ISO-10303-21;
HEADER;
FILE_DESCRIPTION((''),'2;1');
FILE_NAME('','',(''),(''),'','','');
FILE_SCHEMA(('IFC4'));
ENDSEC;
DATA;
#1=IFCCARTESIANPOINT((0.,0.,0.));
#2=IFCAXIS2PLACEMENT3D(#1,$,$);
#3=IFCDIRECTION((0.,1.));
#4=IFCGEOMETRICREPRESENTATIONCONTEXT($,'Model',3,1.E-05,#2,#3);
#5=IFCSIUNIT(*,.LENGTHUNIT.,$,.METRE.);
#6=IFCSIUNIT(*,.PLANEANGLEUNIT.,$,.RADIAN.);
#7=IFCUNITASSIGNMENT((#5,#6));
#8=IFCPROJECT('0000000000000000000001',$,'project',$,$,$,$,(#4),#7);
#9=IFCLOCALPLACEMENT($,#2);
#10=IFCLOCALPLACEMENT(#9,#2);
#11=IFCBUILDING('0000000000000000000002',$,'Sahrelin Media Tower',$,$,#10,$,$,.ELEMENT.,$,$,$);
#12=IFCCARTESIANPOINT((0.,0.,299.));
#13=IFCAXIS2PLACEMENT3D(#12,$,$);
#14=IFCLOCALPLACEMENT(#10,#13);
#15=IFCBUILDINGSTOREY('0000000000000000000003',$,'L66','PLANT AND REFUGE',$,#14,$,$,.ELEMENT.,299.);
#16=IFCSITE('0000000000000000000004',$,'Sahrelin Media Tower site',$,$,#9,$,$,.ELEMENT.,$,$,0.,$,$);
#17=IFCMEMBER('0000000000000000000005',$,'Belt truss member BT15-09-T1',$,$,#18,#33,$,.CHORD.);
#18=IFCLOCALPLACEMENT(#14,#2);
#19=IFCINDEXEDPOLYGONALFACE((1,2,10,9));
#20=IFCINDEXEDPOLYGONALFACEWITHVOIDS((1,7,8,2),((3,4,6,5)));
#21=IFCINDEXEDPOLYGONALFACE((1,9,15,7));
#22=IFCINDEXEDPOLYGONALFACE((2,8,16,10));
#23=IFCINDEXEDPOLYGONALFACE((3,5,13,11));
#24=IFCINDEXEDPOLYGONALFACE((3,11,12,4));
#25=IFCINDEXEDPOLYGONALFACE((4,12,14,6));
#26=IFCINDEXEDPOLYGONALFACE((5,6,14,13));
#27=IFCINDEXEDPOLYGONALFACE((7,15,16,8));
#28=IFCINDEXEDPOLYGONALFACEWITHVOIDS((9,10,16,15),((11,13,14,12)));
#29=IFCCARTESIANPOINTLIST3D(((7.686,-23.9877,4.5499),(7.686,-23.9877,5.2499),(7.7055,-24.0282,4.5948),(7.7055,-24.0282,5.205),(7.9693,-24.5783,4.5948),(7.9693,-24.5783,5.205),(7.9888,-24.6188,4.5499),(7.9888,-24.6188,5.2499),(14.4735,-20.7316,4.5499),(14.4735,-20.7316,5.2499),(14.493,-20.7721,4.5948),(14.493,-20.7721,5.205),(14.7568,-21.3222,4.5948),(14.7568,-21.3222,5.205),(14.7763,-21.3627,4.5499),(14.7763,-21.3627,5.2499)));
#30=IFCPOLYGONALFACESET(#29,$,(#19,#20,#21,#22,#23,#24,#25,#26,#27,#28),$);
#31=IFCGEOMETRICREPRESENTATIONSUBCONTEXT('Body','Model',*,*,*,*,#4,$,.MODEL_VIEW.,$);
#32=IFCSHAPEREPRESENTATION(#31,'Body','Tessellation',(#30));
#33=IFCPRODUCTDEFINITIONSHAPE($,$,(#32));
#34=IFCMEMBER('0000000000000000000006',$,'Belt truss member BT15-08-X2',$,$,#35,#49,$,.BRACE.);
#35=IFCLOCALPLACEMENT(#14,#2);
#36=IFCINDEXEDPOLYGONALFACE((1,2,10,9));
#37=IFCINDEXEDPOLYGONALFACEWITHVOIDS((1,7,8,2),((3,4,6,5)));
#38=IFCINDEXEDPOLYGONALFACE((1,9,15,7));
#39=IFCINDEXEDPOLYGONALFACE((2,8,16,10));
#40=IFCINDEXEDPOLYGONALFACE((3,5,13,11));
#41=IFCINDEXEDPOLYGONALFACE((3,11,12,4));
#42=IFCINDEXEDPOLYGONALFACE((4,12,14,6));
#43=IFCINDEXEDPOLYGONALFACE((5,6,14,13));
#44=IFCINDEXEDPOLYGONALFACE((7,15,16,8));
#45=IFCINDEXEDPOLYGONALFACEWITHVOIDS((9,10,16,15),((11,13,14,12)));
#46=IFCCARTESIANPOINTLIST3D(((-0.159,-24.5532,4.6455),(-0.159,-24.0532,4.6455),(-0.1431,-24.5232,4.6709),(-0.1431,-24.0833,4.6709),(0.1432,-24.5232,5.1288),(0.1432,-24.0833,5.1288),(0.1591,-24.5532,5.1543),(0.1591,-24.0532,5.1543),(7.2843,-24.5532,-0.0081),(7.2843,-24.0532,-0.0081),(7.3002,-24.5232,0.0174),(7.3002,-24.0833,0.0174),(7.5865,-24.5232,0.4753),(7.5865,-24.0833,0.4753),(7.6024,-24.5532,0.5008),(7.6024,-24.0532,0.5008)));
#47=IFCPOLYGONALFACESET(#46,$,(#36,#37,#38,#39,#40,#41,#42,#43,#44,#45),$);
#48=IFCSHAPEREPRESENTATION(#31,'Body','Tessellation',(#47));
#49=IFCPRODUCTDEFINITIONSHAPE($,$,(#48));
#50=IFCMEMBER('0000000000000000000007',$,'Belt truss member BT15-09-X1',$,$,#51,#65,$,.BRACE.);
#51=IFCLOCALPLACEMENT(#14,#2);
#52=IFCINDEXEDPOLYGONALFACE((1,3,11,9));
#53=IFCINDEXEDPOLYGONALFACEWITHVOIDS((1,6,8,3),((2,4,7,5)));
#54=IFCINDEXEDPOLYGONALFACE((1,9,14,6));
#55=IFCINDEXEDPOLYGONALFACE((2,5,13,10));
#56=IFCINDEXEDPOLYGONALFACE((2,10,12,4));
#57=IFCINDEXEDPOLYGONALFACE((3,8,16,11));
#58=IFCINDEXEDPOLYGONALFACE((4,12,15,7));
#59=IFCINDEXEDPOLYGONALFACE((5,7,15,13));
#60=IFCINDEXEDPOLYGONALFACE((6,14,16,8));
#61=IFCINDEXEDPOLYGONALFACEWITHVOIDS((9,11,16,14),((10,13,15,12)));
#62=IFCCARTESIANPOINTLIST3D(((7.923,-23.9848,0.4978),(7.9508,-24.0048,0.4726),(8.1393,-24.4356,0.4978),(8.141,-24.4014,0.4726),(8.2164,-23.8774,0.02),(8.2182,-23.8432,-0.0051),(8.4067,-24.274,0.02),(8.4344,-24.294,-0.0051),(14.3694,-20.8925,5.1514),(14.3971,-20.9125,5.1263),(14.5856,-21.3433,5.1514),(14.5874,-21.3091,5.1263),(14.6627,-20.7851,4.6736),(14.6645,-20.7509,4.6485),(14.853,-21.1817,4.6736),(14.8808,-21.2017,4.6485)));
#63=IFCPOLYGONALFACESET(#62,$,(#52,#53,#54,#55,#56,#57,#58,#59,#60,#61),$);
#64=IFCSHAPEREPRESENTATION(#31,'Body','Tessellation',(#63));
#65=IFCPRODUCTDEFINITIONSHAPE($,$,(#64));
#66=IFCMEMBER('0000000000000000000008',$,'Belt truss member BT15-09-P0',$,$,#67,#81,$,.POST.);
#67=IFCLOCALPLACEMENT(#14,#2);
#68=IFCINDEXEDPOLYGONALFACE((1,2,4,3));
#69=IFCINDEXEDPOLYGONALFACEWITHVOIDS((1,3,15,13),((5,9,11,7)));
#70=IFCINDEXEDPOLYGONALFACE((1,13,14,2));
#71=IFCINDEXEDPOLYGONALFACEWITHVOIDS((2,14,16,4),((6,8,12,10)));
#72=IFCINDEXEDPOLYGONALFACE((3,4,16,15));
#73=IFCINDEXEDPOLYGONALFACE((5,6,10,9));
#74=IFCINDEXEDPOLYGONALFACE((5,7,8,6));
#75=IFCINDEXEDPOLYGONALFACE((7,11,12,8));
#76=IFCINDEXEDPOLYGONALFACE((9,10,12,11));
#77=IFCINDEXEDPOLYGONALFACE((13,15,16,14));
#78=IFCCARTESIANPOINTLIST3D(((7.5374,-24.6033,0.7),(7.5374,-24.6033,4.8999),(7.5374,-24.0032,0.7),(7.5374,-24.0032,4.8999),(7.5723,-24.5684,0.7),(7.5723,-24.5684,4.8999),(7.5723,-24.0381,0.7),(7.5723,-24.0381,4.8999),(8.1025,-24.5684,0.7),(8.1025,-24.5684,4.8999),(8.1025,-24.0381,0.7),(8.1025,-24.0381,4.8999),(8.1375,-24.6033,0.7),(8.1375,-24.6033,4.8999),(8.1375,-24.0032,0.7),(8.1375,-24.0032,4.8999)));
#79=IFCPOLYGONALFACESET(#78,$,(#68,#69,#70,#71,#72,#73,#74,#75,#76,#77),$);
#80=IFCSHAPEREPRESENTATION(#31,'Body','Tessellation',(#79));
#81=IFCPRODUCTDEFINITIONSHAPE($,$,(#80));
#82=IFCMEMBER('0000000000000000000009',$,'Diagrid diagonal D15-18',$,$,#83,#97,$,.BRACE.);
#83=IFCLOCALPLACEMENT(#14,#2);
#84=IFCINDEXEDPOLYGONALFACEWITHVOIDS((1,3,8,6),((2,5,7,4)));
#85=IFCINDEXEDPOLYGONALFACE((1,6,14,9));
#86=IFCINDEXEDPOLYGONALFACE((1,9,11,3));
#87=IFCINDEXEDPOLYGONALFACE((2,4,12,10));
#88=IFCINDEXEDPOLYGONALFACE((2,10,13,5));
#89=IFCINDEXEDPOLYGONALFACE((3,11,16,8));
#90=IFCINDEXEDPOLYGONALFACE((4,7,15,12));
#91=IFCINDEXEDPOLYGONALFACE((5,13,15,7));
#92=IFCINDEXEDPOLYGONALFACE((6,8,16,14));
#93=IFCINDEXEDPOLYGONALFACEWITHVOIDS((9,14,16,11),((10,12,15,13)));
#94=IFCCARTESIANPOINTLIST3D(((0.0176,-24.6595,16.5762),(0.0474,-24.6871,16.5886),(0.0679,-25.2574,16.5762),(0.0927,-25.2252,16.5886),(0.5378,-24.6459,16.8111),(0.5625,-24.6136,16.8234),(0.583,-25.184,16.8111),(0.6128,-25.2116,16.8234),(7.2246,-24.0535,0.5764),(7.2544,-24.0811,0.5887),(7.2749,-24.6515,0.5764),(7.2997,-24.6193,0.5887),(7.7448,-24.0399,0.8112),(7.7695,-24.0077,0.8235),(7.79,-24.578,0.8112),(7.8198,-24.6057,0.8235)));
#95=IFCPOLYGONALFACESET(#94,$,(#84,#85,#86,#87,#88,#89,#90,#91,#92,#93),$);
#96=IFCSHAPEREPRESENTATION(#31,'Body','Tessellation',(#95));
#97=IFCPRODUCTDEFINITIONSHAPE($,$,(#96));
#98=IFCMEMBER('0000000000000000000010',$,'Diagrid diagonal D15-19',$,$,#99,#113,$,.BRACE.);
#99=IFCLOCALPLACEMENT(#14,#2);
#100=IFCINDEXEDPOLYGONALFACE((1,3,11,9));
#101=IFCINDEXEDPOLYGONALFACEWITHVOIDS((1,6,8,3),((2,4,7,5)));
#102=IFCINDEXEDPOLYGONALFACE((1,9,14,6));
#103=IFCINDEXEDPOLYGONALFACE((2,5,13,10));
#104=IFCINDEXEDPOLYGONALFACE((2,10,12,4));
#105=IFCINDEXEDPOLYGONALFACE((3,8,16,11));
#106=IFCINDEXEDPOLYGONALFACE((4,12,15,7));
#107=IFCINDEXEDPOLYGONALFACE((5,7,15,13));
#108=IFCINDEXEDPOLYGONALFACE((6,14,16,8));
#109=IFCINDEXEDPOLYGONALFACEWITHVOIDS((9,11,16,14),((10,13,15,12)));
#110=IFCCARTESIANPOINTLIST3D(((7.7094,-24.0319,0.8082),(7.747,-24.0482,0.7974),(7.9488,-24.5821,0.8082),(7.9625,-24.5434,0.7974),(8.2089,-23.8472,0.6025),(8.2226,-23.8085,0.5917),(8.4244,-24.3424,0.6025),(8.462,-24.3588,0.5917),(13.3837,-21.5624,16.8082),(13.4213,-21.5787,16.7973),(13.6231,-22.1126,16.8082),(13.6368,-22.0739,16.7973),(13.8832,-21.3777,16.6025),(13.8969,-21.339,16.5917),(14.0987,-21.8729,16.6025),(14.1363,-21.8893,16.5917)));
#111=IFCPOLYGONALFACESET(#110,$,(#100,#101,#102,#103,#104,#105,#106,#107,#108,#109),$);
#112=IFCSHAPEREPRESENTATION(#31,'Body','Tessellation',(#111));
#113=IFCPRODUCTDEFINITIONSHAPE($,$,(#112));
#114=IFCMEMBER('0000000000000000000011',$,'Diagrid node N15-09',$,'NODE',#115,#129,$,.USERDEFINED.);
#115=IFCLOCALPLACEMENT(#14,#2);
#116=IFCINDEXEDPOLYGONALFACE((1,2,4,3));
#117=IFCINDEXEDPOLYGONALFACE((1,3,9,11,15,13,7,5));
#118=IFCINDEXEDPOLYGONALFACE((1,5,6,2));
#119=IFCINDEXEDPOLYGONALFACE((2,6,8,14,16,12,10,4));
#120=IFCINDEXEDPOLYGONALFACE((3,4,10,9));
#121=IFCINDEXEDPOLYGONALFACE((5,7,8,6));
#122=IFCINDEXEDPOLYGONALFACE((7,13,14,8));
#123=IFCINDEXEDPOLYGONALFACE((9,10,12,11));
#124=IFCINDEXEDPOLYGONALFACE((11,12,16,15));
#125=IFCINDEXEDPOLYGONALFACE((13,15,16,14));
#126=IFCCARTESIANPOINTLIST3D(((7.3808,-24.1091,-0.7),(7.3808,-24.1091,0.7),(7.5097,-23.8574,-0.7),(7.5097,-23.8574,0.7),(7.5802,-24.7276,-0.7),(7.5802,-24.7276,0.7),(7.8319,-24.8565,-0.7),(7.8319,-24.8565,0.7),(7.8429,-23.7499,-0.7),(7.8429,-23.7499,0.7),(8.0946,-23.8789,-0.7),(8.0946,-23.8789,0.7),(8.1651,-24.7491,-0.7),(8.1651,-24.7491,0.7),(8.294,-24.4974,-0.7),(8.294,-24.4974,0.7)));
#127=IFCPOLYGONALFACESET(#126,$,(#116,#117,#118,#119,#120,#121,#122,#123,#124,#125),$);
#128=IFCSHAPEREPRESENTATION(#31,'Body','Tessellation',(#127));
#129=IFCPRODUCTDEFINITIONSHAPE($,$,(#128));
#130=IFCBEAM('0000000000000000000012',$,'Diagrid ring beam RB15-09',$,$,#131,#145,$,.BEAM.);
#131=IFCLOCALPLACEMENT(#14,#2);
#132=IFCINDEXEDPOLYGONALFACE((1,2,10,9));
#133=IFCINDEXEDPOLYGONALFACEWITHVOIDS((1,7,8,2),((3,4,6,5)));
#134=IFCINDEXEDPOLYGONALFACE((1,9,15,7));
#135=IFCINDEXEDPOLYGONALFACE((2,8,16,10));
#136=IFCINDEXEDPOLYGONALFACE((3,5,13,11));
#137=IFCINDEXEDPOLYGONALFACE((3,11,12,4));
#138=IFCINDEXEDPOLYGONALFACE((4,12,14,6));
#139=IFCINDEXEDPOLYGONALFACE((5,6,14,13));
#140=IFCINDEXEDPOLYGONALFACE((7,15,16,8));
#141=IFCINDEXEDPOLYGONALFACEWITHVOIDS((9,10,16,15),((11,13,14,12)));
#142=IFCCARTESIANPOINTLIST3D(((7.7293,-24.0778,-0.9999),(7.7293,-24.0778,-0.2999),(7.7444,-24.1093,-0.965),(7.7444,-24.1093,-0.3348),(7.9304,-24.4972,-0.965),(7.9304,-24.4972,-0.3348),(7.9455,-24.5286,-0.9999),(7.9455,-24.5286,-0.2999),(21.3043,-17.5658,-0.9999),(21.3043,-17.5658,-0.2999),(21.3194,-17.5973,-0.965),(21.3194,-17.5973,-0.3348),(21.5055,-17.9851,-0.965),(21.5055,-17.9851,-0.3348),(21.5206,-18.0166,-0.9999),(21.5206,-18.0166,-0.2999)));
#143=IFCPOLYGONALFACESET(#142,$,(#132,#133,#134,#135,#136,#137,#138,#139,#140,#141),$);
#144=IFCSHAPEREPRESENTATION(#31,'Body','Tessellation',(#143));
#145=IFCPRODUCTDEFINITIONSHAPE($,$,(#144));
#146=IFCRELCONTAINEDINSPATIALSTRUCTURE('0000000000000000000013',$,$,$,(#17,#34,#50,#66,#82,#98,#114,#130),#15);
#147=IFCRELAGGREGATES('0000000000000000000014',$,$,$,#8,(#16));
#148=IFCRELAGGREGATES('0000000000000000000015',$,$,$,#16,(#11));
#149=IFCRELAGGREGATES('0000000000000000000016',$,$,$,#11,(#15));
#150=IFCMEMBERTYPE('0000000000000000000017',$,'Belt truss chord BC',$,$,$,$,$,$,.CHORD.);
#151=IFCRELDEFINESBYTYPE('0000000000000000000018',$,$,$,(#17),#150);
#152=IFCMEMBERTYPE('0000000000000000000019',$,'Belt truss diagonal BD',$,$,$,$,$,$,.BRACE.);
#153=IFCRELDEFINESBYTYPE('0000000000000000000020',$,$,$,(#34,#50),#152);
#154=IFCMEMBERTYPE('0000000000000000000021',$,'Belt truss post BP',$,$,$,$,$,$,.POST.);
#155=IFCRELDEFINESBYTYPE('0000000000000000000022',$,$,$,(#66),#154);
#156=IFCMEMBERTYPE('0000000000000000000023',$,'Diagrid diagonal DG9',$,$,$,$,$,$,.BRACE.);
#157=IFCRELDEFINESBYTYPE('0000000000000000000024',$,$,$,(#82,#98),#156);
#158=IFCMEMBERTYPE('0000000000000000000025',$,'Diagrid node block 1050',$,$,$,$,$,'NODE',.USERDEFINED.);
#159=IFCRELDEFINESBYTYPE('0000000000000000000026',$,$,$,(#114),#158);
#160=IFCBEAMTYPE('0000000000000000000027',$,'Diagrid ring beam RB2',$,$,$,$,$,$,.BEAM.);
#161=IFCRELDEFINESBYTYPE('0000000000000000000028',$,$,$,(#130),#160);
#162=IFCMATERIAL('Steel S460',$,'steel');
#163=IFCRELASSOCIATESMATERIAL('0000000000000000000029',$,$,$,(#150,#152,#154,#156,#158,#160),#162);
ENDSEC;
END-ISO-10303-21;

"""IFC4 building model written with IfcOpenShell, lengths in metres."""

from ifc_helpers import new_model, si_unit, direction, frame, origin, origin_2d, place, context, subcontext, project, spatial, polyline, hollow_rectangle, outline, extrude, material, material_profile, profile_set, type_object, element, save


model = new_model("IFC4")

# Units and contexts
model_context = context("Model", 3, precision=1e-05, world=origin(), true_north=direction((0.0, 1.0)))
body_context = subcontext(model_context, "Body", "Model", "MODEL_VIEW")
ifc_project = project(units=[si_unit("LENGTHUNIT", "METRE"), si_unit("PLANEANGLEUNIT", "RADIAN")], contexts=[model_context])

# Site, building, storey
site_placement = place(None, origin())
site = spatial("IfcSite", under=ifc_project, at=site_placement, Name="Sahrelin Media Tower site", CompositionType="ELEMENT", RefElevation=0.0)
building_placement = place(site_placement, origin())
building = spatial("IfcBuilding", under=site, at=building_placement, Name="Sahrelin Media Tower", CompositionType="ELEMENT")
storey_placement = place(building_placement, frame((0.0, 0.0, 299.0)))
storey = spatial("IfcBuildingStorey", under=building, at=storey_placement, Name="L66", Description="PLANT AND REFUGE", CompositionType="ELEMENT", Elevation=299.0)

# Members
ifc_material_1 = material(Name="Steel S460", Category="steel")
ifc_material_profile_1 = material_profile(ifc_material_1, hollow_rectangle(XDim=0.7, YDim=0.7, WallThickness=0.0449, at=origin_2d()), Name="Belt truss chord BC")
ifc_profile_set_1 = profile_set([ifc_material_profile_1], Name="Steel S460")
member_type_1 = type_object("IfcMemberType", Name="Belt truss chord BC", PredefinedType="CHORD", material=ifc_profile_set_1)
member_1_placement = place(storey_placement, frame((7.8374, -24.3032, 4.8999), z_axis=(0.901624, 0.432521, 0.0), x_axis=(-0.432521, 0.901624, 0.0)))
element("IfcMember", 1, at=member_1_placement, inside=storey, type_object=member_type_1, Name="Belt truss member BT15-09-T1", PredefinedType="CHORD", context=body_context, shape_type="SweptSolid", body=[
    extrude(hollow_rectangle(XDim=0.7, YDim=0.7, WallThickness=0.0449, at=origin_2d()), origin(), (0.0, 0.0, 1.0), 7.5281),
])
ifc_material_profile_2 = material_profile(ifc_material_1, hollow_rectangle(XDim=0.5, YDim=0.6001, WallThickness=0.03, at=origin_2d()), Name="Belt truss diagonal BD")
ifc_profile_set_2 = profile_set([ifc_material_profile_2], Name="Steel S460")
member_type_2 = type_object("IfcMemberType", Name="Belt truss diagonal BD", PredefinedType="BRACE", material=ifc_profile_set_2)
member_2_placement = place(storey_placement, frame((7.4434, -24.3032, 0.2463), z_axis=(-0.847923, 0.0, 0.530119), x_axis=(0.0, -1.0, 0.0)))
element("IfcMember", 2, at=member_2_placement, inside=storey, type_object=member_type_2, Name="Belt truss member BT15-08-X2", PredefinedType="BRACE", context=body_context, shape_type="SweptSolid", body=[
    extrude(hollow_rectangle(XDim=0.5, YDim=0.6001, WallThickness=0.03, at=origin_2d()), origin(), (0.0, 0.0, 1.0), 8.7783),
])
member_3_placement = place(storey_placement, frame((8.1787, -24.1394, 0.2463), z_axis=(0.755659, 0.36249, 0.545509), x_axis=(-0.432511, 0.901629, 0.0)))
element("IfcMember", 3, at=member_3_placement, inside=storey, type_object=member_type_2, Name="Belt truss member BT15-09-X1", PredefinedType="BRACE", context=body_context, shape_type="SweptSolid", body=[
    extrude(hollow_rectangle(XDim=0.5, YDim=0.6001, WallThickness=0.03, at=origin_2d()), origin(), (0.0, 0.0, 1.0), 8.5308),
])
ifc_material_profile_3 = material_profile(ifc_material_1, hollow_rectangle(XDim=0.6001, YDim=0.6001, WallThickness=0.0349, at=origin_2d()), Name="Belt truss post BP")
ifc_profile_set_3 = profile_set([ifc_material_profile_3], Name="Steel S460")
member_type_3 = type_object("IfcMemberType", Name="Belt truss post BP", PredefinedType="POST", material=ifc_profile_set_3)
member_4_placement = place(storey_placement, frame((7.8374, -24.3032, 0.7), z_axis=(0.0, 0.0, 1.0), x_axis=(1.0, 0.0, 0.0)))
element("IfcMember", 4, at=member_4_placement, inside=storey, type_object=member_type_3, Name="Belt truss member BT15-09-P0", PredefinedType="POST", context=body_context, shape_type="SweptSolid", body=[
    extrude(hollow_rectangle(XDim=0.6001, YDim=0.6001, WallThickness=0.0349, at=origin_2d()), origin(), (0.0, 0.0, 1.0), 4.2),
])
ifc_material_profile_4 = material_profile(ifc_material_1, hollow_rectangle(XDim=0.6001, YDim=0.6001, WallThickness=0.03, at=origin_2d()), Name="Diagrid diagonal DG9")
ifc_profile_set_4 = profile_set([ifc_material_profile_4], Name="Steel S460")
member_type_4 = type_object("IfcMemberType", Name="Diagrid diagonal DG9", PredefinedType="BRACE", material=ifc_profile_set_4)
member_5_placement = place(storey_placement, frame((7.5222, -24.3296, 0.7), z_axis=(-0.410453, -0.03451, 0.911228), x_axis=(0.083783, -0.996484, 0.0)))
element("IfcMember", 5, at=member_5_placement, inside=storey, type_object=member_type_4, Name="Diagrid diagonal D15-18", PredefinedType="BRACE", context=body_context, shape_type="SweptSolid", body=[
    extrude(hollow_rectangle(XDim=0.6001, YDim=0.6001, WallThickness=0.03, at=origin_2d()), origin(), (0.0, 0.0, 1.0), 17.5586),
])
member_6_placement = place(storey_placement, frame((8.0857, -24.1953, 0.7), z_axis=(0.330766, 0.143951, 0.932669), x_axis=(-0.399051, 0.916929, 0.0)))
element("IfcMember", 6, at=member_6_placement, inside=storey, type_object=member_type_4, Name="Diagrid diagonal D15-19", PredefinedType="BRACE", context=body_context, shape_type="SweptSolid", body=[
    extrude(hollow_rectangle(XDim=0.6001, YDim=0.6001, WallThickness=0.03, at=origin_2d()), origin(), (0.0, 0.0, 1.0), 17.155),
])
ifc_material_profile_5 = material_profile(ifc_material_1, outline(polyline([(0.325, -0.375), (0.5249, -0.175), (0.5249, 0.175), (0.325, 0.375), (-0.325, 0.375), (-0.5249, 0.175), (-0.5249, -0.175), (-0.325, -0.375), (0.325, -0.375)])), Name="Diagrid node block 1050")
ifc_profile_set_5 = profile_set([ifc_material_profile_5], Name="Steel S460")
member_type_5 = type_object("IfcMemberType", Name="Diagrid node block 1050", ElementType="NODE", PredefinedType="USERDEFINED", material=ifc_profile_set_5)
member_7_placement = place(storey_placement, frame((7.8374, -24.3032, -0.7), z_axis=(0.0, 0.0, 1.0), x_axis=(0.30692, -0.951735, 0.0)))
element("IfcMember", 7, at=member_7_placement, inside=storey, type_object=member_type_5, Name="Diagrid node N15-09", ObjectType="NODE", PredefinedType="USERDEFINED", context=body_context, shape_type="SweptSolid", body=[
    extrude(outline(polyline([(0.325, -0.375), (0.5249, -0.175), (0.5249, 0.175), (0.325, 0.375), (-0.325, 0.375), (-0.5249, 0.175), (-0.5249, -0.175), (-0.325, -0.375), (0.325, -0.375)])), origin(), (0.0, 0.0, 1.0), 1.3999),
])

# Beam
ifc_material_profile_6 = material_profile(ifc_material_1, hollow_rectangle(XDim=0.5, YDim=0.7, WallThickness=0.0349, at=origin_2d()), Name="Diagrid ring beam RB2")
ifc_profile_set_6 = profile_set([ifc_material_profile_6], Name="Steel S460")
beam_type_1 = type_object("IfcBeamType", Name="Diagrid ring beam RB2", PredefinedType="BEAM", material=ifc_profile_set_6)
beam_1_placement = place(storey_placement, frame((7.8374, -24.3032, -0.6499), z_axis=(0.901627, 0.432514, 0.0), x_axis=(-0.432514, 0.901627, 0.0)))
element("IfcBeam", 8, at=beam_1_placement, inside=storey, type_object=beam_type_1, Name="Diagrid ring beam RB15-09", PredefinedType="BEAM", context=body_context, shape_type="SweptSolid", body=[
    extrude(hollow_rectangle(XDim=0.5, YDim=0.7, WallThickness=0.0349, at=origin_2d()), origin(), (0.0, 0.0, 1.0), 15.0562),
])

save(model, "model.ifc")
